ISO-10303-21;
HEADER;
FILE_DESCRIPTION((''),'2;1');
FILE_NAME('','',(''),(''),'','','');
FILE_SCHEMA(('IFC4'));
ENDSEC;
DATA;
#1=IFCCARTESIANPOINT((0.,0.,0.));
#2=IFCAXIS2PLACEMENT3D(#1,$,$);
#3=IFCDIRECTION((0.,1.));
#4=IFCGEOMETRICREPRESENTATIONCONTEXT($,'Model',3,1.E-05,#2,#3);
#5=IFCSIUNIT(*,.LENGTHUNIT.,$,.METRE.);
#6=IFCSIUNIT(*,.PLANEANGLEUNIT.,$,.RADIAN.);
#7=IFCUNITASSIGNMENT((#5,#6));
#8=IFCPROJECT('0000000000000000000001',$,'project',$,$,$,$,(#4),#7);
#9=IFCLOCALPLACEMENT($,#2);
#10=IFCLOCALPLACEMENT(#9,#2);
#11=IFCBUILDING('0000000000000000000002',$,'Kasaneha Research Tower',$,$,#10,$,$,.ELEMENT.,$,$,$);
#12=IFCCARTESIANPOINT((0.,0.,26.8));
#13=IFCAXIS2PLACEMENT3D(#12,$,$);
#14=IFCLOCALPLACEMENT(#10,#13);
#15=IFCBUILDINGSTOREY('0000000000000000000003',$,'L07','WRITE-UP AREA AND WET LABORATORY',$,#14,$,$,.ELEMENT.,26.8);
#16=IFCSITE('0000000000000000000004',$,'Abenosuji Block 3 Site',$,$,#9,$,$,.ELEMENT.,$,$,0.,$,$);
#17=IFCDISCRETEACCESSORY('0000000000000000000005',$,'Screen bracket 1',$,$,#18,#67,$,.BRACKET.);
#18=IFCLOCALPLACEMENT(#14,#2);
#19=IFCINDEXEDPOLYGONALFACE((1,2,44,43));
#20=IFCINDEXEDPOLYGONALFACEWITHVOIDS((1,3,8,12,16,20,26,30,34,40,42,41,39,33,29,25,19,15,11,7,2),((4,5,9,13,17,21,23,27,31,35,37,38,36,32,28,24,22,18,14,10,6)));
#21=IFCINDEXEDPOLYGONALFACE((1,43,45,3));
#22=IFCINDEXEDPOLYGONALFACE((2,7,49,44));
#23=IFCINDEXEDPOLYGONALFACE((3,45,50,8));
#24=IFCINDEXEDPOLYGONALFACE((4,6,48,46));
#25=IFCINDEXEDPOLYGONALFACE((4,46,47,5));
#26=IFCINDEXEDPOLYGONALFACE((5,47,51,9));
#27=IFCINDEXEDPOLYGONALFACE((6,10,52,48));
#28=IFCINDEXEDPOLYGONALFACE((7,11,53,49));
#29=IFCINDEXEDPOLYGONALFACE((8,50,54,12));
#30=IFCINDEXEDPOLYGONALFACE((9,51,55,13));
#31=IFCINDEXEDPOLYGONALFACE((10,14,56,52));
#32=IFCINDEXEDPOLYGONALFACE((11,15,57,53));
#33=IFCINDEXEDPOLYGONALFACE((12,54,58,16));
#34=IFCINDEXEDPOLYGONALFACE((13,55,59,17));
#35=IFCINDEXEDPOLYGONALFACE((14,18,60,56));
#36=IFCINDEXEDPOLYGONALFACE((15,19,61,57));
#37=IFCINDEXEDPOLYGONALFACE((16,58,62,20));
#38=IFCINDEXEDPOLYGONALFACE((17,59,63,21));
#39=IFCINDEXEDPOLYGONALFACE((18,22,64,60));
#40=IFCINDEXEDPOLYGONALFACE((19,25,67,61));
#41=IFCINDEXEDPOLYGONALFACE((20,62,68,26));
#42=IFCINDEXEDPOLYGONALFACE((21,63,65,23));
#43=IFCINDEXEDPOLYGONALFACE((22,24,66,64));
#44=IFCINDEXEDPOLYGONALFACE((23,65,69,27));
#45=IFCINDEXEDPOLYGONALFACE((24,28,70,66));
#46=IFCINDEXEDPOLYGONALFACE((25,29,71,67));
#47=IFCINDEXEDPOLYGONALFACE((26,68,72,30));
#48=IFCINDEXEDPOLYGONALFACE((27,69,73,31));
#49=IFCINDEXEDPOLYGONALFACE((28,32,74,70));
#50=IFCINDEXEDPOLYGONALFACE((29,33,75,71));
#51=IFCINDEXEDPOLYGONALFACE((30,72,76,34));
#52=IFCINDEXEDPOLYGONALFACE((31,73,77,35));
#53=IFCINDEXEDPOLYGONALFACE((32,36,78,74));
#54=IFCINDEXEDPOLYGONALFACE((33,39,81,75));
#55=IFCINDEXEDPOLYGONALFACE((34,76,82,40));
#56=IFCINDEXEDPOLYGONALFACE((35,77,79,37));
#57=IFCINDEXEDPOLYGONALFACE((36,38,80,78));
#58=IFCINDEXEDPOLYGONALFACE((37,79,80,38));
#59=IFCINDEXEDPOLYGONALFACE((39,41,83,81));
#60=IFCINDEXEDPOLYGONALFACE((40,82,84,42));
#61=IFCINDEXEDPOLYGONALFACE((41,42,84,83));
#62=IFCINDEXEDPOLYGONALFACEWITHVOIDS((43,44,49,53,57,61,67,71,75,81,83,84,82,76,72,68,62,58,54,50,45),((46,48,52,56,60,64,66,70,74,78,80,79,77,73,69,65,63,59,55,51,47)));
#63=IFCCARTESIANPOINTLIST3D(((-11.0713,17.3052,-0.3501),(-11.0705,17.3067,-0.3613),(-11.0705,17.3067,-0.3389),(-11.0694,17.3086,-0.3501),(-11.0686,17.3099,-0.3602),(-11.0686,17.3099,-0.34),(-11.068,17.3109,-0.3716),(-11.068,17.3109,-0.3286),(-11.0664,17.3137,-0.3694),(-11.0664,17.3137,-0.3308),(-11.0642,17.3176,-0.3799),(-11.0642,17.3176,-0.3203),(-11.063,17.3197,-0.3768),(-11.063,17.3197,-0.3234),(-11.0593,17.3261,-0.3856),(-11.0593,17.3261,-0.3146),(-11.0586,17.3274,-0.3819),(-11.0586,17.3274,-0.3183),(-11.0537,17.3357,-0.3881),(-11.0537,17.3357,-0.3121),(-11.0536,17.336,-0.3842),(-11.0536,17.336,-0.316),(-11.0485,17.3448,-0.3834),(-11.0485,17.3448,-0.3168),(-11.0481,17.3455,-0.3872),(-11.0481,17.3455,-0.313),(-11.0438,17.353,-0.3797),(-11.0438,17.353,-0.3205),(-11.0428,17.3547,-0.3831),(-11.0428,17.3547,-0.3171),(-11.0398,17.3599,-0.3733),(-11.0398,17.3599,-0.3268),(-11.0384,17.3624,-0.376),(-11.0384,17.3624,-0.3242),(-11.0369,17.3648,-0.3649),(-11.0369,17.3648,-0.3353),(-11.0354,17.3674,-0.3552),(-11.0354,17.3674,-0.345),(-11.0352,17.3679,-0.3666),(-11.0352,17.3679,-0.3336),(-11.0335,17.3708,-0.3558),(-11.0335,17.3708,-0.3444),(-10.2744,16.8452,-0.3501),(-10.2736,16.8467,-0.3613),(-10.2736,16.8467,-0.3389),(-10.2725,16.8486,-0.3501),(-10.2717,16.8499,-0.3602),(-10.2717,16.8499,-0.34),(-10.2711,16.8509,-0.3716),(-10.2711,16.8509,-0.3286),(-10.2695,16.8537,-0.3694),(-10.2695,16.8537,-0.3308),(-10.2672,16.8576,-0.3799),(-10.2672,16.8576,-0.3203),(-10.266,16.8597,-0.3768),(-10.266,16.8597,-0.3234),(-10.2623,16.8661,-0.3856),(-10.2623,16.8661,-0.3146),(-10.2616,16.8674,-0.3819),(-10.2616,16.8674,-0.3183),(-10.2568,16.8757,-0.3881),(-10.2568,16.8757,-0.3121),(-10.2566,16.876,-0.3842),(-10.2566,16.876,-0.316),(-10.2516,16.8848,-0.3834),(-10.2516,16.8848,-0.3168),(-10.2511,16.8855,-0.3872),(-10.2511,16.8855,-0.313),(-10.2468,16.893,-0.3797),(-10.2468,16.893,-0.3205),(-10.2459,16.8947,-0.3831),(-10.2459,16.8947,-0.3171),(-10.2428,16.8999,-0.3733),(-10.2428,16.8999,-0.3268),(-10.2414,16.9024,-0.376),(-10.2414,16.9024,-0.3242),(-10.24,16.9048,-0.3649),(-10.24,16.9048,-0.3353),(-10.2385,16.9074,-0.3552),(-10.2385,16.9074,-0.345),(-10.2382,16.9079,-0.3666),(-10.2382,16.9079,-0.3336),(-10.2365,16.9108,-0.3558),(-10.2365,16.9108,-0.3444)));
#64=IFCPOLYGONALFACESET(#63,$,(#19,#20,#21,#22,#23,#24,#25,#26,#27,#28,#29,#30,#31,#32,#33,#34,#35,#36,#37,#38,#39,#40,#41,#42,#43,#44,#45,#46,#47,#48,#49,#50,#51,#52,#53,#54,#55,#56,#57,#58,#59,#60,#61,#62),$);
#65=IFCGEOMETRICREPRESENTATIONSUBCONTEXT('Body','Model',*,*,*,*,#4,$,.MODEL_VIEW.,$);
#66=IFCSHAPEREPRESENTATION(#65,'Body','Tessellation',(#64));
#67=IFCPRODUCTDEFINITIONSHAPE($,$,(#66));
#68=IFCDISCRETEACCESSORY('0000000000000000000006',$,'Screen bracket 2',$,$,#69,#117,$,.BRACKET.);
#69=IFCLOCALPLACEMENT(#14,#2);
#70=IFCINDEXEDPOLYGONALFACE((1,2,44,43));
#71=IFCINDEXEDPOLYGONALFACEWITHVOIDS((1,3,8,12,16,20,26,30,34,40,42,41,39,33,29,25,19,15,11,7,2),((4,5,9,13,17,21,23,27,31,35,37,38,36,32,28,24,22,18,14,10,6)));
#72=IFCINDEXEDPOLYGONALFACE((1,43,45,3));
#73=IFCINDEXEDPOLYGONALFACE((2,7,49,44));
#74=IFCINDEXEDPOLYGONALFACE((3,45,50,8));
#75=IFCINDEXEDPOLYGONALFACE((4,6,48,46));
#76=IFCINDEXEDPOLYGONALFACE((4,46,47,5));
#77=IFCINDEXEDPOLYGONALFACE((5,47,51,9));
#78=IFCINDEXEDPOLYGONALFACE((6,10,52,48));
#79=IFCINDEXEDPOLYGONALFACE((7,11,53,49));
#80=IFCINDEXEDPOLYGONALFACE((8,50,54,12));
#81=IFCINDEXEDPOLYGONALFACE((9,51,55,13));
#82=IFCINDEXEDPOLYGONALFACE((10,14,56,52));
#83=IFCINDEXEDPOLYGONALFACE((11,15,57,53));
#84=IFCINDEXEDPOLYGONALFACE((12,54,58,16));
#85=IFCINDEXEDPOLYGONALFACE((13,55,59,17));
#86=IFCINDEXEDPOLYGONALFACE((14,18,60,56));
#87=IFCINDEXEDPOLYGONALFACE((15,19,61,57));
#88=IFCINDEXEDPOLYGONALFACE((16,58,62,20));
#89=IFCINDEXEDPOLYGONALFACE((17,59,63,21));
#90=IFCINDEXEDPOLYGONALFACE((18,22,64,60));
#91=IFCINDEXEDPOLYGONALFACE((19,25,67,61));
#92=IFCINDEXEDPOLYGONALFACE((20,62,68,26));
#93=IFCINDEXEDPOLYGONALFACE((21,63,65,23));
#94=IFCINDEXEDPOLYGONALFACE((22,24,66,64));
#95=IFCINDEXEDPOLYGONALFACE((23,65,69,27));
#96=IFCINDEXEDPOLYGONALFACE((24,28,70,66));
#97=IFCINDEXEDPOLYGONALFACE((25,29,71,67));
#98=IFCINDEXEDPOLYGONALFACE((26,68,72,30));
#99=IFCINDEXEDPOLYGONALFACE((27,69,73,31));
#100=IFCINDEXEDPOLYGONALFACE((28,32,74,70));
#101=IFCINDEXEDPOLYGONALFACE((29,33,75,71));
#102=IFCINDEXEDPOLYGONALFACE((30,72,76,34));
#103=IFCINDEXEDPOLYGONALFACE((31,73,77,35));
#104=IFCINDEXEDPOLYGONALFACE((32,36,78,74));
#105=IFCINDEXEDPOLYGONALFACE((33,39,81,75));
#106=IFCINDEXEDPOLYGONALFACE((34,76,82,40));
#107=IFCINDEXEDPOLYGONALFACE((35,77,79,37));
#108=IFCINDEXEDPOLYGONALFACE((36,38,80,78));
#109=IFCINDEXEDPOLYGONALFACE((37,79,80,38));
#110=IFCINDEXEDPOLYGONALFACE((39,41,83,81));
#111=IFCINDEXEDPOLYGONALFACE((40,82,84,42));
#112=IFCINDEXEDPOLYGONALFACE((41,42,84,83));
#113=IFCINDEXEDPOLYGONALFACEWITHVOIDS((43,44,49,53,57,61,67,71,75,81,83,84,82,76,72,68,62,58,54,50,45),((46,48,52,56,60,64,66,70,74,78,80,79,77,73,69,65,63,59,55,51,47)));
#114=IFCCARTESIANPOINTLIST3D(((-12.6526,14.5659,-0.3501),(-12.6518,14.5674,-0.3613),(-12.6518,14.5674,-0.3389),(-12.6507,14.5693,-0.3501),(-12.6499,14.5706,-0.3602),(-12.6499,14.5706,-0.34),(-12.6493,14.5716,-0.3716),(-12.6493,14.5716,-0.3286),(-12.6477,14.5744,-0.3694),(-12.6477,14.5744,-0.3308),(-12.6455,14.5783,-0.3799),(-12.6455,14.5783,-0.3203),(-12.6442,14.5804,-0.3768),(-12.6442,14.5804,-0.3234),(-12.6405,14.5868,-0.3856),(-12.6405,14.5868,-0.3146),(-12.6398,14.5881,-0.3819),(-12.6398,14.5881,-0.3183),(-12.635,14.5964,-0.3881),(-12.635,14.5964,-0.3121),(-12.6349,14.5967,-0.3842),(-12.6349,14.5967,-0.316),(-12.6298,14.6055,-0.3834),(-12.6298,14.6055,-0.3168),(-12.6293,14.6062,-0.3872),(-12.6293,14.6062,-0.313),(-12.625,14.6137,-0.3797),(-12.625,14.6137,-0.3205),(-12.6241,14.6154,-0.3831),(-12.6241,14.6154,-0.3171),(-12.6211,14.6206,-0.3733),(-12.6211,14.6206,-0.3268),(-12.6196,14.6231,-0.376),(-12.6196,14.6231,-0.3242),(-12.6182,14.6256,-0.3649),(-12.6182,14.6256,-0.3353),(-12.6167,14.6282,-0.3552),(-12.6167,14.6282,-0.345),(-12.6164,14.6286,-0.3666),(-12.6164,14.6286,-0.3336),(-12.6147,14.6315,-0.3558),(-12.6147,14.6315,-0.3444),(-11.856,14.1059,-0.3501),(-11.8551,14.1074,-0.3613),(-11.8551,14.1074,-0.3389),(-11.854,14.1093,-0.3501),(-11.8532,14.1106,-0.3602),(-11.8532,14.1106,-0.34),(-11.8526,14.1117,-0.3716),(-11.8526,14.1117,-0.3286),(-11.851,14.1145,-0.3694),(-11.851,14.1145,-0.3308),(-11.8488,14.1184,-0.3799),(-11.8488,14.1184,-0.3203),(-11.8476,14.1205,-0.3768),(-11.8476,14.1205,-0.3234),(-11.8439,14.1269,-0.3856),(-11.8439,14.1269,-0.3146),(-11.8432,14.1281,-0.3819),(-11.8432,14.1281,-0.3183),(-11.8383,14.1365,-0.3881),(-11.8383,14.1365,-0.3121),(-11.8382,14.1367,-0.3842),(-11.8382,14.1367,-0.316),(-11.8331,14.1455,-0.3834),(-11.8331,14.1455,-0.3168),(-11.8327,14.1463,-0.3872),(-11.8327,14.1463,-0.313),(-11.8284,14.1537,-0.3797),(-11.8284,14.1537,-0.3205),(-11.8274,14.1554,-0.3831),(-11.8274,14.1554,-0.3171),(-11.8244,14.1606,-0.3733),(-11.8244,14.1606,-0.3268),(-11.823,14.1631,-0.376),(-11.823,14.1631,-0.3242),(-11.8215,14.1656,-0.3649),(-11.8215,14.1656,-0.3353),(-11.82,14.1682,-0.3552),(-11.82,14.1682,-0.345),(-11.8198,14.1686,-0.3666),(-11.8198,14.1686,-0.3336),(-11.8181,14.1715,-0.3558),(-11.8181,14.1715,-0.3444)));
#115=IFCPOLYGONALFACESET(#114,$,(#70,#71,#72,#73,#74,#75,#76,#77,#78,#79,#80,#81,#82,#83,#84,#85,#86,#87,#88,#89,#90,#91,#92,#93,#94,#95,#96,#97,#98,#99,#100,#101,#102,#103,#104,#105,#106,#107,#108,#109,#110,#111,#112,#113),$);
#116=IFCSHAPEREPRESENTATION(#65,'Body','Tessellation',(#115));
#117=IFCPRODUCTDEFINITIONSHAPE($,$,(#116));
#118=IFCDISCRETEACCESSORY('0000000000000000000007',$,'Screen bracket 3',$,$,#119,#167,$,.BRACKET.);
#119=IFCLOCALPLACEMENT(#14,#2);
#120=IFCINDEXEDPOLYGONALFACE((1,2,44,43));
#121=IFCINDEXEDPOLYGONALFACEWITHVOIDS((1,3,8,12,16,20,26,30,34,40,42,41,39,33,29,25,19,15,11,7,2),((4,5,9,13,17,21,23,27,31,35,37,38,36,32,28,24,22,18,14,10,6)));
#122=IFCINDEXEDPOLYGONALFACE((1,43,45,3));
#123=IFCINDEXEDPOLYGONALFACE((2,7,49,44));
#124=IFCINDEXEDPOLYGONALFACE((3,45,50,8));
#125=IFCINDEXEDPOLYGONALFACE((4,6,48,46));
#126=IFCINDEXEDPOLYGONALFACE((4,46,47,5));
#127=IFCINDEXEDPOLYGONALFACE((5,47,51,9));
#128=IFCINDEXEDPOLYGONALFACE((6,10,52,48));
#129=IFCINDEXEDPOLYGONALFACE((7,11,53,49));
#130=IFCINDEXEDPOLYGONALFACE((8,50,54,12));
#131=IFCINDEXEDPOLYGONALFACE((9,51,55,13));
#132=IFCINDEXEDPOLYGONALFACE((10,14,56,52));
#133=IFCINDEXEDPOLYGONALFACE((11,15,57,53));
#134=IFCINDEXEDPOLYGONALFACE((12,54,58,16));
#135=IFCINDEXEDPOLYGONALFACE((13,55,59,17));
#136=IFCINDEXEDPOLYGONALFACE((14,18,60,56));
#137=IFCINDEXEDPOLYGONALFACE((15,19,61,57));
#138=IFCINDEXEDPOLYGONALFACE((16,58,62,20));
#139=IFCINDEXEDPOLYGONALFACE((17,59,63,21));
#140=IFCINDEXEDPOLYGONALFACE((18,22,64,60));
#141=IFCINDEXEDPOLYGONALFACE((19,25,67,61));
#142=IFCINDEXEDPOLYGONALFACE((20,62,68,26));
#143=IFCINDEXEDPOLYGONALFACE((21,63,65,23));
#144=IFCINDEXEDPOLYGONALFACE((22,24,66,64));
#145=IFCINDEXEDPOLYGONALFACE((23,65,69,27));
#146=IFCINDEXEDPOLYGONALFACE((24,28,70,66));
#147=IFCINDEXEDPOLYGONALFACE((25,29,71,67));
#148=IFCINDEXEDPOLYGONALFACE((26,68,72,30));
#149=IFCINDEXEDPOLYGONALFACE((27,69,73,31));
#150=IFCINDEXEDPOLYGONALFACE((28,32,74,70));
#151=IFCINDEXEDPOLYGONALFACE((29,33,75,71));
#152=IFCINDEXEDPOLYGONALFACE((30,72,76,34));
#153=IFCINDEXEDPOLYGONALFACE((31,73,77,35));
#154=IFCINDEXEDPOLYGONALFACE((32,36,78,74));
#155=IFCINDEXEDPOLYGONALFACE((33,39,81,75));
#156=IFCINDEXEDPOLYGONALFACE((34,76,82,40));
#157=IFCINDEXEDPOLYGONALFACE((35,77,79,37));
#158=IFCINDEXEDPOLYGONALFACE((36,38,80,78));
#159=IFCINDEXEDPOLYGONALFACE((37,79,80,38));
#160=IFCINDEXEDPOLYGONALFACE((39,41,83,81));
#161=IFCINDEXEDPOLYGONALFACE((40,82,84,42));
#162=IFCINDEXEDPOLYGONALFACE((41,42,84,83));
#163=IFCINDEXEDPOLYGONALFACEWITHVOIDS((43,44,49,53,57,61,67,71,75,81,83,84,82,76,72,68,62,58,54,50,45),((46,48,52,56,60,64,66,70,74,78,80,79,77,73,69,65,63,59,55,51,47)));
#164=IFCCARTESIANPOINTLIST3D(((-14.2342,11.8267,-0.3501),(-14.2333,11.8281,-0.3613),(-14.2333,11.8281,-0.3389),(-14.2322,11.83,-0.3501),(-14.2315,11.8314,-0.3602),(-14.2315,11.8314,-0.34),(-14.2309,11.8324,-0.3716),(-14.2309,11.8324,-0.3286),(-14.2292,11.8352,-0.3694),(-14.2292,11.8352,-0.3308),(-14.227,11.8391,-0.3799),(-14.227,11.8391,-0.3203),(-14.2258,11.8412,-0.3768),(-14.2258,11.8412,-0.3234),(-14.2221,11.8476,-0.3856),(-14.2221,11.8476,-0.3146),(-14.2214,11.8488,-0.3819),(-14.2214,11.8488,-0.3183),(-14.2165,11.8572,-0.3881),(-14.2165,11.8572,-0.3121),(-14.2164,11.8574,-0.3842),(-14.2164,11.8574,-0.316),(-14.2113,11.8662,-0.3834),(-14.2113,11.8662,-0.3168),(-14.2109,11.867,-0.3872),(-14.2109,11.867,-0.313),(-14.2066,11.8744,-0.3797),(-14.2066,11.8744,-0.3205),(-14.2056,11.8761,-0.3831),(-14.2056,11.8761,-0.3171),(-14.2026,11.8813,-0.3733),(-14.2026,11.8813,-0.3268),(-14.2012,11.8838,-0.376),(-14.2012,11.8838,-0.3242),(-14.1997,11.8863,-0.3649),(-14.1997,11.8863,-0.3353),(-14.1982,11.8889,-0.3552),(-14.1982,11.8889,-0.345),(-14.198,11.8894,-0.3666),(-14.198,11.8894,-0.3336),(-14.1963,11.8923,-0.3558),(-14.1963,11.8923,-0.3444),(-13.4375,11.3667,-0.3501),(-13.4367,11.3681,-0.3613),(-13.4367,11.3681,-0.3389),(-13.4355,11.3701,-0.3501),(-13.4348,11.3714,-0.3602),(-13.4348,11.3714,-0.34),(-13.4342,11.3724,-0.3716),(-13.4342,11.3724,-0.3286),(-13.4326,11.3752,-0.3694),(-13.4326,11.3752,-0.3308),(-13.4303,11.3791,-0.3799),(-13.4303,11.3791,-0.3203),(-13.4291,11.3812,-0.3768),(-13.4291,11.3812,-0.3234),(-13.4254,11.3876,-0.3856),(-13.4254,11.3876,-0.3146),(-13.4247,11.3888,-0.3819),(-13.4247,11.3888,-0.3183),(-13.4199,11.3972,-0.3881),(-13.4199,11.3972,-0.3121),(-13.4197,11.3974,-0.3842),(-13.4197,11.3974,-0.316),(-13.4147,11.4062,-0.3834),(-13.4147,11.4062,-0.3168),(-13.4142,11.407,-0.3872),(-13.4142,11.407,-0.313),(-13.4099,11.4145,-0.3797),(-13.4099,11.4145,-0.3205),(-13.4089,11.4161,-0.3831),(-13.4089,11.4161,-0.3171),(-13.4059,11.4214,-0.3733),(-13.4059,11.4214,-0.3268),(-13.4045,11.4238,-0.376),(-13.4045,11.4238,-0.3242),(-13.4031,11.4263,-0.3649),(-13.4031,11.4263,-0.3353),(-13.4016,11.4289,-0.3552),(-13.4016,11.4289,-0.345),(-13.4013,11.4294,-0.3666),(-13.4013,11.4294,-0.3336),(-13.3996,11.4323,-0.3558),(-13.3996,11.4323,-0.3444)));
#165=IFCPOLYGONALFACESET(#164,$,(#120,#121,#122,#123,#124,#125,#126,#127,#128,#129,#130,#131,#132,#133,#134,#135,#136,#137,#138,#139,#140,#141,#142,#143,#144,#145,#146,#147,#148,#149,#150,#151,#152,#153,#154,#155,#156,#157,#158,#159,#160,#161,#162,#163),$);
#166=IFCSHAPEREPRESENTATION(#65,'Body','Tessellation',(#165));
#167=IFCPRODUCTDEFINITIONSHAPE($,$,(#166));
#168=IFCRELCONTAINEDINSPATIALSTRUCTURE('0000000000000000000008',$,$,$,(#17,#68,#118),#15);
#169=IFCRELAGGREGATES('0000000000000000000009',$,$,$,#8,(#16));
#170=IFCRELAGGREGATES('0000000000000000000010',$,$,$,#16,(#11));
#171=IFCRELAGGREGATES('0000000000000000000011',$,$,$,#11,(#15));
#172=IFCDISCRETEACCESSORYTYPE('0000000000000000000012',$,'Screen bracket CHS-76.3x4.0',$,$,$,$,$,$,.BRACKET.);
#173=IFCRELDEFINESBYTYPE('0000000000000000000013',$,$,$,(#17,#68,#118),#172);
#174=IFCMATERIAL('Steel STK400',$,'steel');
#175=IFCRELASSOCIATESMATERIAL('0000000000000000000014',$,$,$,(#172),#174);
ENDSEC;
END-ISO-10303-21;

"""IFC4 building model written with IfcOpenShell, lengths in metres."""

from ifc_helpers import new_model, si_unit, direction, frame, origin, origin_2d, place, context, subcontext, project, spatial, hollow_circle, extrude, material, material_profile, profile_set, type_object, element, save


model = new_model("IFC4")

# Units and contexts
model_context = context("Model", 3, precision=1e-05, world=origin(), true_north=direction((0.0, 1.0)))
body_context = subcontext(model_context, "Body", "Model", "MODEL_VIEW")
ifc_project = project(units=[si_unit("LENGTHUNIT", "METRE"), si_unit("PLANEANGLEUNIT", "RADIAN")], contexts=[model_context])

# Site, building, storey
site_placement = place(None, origin())
site = spatial("IfcSite", under=ifc_project, at=site_placement, Name="Abenosuji Block 3 Site", CompositionType="ELEMENT", RefElevation=0.0)
building_placement = place(site_placement, origin())
building = spatial("IfcBuilding", under=site, at=building_placement, Name="Kasaneha Research Tower", CompositionType="ELEMENT")
storey_placement = place(building_placement, frame((0.0, 0.0, 26.8)))
storey = spatial("IfcBuildingStorey", under=building, at=storey_placement, Name="L07", Description="WRITE-UP AREA AND WET LABORATORY", CompositionType="ELEMENT", Elevation=26.8)

# Discrete accessories
ifc_material_1 = material(Name="Steel STK400", Category="steel")
ifc_material_profile_1 = material_profile(ifc_material_1, hollow_circle(Radius=0.0381, WallThickness=0.0039, at=origin_2d()), Name="CHS-76.3x4.0")
ifc_profile_set_1 = profile_set([ifc_material_profile_1], Name="Steel STK400")
discrete_accessory_type = type_object("IfcDiscreteAccessoryType", Name="Screen bracket CHS-76.3x4.0", PredefinedType="BRACKET", material=ifc_profile_set_1)
discrete_accessory_placement = place(storey_placement, frame((-10.2554, 16.8782, -0.3501), z_axis=(-0.86608, 0.499906, 0.0), x_axis=(-0.499906, -0.86608, 0.0)))
element("IfcDiscreteAccessory", 1, at=discrete_accessory_placement, inside=storey, type_object=discrete_accessory_type, Name="Screen bracket 1", PredefinedType="BRACKET", context=body_context, shape_type="SweptSolid", body=[
    extrude(hollow_circle(Radius=0.0381, WallThickness=0.0039, at=origin_2d()), origin(), (0.0, 0.0, 1.0), 0.9202),
])
for number, where, z_axis, x_axis, name in (
    (2, (-11.8369, 14.1389, -0.3501), (-0.866013, 0.500021, 0.0), (-0.500021, -0.866013, 0.0), "Screen bracket 2"),
    (3, (-13.4185, 11.3997, -0.3501), (-0.866013, 0.500021, 0.0), (-0.500021, -0.866013, 0.0), "Screen bracket 3"),
):
    element("IfcDiscreteAccessory", number, at=place(storey_placement, frame(where, z_axis=z_axis, x_axis=x_axis)), inside=storey, type_object=discrete_accessory_type, Name=name, PredefinedType="BRACKET", context=body_context, shape_type="SweptSolid", body=[
        extrude(hollow_circle(Radius=0.0381, WallThickness=0.0039, at=origin_2d()), origin(), (0.0, 0.0, 1.0), 0.9199),
    ])

save(model, "model.ifc")
